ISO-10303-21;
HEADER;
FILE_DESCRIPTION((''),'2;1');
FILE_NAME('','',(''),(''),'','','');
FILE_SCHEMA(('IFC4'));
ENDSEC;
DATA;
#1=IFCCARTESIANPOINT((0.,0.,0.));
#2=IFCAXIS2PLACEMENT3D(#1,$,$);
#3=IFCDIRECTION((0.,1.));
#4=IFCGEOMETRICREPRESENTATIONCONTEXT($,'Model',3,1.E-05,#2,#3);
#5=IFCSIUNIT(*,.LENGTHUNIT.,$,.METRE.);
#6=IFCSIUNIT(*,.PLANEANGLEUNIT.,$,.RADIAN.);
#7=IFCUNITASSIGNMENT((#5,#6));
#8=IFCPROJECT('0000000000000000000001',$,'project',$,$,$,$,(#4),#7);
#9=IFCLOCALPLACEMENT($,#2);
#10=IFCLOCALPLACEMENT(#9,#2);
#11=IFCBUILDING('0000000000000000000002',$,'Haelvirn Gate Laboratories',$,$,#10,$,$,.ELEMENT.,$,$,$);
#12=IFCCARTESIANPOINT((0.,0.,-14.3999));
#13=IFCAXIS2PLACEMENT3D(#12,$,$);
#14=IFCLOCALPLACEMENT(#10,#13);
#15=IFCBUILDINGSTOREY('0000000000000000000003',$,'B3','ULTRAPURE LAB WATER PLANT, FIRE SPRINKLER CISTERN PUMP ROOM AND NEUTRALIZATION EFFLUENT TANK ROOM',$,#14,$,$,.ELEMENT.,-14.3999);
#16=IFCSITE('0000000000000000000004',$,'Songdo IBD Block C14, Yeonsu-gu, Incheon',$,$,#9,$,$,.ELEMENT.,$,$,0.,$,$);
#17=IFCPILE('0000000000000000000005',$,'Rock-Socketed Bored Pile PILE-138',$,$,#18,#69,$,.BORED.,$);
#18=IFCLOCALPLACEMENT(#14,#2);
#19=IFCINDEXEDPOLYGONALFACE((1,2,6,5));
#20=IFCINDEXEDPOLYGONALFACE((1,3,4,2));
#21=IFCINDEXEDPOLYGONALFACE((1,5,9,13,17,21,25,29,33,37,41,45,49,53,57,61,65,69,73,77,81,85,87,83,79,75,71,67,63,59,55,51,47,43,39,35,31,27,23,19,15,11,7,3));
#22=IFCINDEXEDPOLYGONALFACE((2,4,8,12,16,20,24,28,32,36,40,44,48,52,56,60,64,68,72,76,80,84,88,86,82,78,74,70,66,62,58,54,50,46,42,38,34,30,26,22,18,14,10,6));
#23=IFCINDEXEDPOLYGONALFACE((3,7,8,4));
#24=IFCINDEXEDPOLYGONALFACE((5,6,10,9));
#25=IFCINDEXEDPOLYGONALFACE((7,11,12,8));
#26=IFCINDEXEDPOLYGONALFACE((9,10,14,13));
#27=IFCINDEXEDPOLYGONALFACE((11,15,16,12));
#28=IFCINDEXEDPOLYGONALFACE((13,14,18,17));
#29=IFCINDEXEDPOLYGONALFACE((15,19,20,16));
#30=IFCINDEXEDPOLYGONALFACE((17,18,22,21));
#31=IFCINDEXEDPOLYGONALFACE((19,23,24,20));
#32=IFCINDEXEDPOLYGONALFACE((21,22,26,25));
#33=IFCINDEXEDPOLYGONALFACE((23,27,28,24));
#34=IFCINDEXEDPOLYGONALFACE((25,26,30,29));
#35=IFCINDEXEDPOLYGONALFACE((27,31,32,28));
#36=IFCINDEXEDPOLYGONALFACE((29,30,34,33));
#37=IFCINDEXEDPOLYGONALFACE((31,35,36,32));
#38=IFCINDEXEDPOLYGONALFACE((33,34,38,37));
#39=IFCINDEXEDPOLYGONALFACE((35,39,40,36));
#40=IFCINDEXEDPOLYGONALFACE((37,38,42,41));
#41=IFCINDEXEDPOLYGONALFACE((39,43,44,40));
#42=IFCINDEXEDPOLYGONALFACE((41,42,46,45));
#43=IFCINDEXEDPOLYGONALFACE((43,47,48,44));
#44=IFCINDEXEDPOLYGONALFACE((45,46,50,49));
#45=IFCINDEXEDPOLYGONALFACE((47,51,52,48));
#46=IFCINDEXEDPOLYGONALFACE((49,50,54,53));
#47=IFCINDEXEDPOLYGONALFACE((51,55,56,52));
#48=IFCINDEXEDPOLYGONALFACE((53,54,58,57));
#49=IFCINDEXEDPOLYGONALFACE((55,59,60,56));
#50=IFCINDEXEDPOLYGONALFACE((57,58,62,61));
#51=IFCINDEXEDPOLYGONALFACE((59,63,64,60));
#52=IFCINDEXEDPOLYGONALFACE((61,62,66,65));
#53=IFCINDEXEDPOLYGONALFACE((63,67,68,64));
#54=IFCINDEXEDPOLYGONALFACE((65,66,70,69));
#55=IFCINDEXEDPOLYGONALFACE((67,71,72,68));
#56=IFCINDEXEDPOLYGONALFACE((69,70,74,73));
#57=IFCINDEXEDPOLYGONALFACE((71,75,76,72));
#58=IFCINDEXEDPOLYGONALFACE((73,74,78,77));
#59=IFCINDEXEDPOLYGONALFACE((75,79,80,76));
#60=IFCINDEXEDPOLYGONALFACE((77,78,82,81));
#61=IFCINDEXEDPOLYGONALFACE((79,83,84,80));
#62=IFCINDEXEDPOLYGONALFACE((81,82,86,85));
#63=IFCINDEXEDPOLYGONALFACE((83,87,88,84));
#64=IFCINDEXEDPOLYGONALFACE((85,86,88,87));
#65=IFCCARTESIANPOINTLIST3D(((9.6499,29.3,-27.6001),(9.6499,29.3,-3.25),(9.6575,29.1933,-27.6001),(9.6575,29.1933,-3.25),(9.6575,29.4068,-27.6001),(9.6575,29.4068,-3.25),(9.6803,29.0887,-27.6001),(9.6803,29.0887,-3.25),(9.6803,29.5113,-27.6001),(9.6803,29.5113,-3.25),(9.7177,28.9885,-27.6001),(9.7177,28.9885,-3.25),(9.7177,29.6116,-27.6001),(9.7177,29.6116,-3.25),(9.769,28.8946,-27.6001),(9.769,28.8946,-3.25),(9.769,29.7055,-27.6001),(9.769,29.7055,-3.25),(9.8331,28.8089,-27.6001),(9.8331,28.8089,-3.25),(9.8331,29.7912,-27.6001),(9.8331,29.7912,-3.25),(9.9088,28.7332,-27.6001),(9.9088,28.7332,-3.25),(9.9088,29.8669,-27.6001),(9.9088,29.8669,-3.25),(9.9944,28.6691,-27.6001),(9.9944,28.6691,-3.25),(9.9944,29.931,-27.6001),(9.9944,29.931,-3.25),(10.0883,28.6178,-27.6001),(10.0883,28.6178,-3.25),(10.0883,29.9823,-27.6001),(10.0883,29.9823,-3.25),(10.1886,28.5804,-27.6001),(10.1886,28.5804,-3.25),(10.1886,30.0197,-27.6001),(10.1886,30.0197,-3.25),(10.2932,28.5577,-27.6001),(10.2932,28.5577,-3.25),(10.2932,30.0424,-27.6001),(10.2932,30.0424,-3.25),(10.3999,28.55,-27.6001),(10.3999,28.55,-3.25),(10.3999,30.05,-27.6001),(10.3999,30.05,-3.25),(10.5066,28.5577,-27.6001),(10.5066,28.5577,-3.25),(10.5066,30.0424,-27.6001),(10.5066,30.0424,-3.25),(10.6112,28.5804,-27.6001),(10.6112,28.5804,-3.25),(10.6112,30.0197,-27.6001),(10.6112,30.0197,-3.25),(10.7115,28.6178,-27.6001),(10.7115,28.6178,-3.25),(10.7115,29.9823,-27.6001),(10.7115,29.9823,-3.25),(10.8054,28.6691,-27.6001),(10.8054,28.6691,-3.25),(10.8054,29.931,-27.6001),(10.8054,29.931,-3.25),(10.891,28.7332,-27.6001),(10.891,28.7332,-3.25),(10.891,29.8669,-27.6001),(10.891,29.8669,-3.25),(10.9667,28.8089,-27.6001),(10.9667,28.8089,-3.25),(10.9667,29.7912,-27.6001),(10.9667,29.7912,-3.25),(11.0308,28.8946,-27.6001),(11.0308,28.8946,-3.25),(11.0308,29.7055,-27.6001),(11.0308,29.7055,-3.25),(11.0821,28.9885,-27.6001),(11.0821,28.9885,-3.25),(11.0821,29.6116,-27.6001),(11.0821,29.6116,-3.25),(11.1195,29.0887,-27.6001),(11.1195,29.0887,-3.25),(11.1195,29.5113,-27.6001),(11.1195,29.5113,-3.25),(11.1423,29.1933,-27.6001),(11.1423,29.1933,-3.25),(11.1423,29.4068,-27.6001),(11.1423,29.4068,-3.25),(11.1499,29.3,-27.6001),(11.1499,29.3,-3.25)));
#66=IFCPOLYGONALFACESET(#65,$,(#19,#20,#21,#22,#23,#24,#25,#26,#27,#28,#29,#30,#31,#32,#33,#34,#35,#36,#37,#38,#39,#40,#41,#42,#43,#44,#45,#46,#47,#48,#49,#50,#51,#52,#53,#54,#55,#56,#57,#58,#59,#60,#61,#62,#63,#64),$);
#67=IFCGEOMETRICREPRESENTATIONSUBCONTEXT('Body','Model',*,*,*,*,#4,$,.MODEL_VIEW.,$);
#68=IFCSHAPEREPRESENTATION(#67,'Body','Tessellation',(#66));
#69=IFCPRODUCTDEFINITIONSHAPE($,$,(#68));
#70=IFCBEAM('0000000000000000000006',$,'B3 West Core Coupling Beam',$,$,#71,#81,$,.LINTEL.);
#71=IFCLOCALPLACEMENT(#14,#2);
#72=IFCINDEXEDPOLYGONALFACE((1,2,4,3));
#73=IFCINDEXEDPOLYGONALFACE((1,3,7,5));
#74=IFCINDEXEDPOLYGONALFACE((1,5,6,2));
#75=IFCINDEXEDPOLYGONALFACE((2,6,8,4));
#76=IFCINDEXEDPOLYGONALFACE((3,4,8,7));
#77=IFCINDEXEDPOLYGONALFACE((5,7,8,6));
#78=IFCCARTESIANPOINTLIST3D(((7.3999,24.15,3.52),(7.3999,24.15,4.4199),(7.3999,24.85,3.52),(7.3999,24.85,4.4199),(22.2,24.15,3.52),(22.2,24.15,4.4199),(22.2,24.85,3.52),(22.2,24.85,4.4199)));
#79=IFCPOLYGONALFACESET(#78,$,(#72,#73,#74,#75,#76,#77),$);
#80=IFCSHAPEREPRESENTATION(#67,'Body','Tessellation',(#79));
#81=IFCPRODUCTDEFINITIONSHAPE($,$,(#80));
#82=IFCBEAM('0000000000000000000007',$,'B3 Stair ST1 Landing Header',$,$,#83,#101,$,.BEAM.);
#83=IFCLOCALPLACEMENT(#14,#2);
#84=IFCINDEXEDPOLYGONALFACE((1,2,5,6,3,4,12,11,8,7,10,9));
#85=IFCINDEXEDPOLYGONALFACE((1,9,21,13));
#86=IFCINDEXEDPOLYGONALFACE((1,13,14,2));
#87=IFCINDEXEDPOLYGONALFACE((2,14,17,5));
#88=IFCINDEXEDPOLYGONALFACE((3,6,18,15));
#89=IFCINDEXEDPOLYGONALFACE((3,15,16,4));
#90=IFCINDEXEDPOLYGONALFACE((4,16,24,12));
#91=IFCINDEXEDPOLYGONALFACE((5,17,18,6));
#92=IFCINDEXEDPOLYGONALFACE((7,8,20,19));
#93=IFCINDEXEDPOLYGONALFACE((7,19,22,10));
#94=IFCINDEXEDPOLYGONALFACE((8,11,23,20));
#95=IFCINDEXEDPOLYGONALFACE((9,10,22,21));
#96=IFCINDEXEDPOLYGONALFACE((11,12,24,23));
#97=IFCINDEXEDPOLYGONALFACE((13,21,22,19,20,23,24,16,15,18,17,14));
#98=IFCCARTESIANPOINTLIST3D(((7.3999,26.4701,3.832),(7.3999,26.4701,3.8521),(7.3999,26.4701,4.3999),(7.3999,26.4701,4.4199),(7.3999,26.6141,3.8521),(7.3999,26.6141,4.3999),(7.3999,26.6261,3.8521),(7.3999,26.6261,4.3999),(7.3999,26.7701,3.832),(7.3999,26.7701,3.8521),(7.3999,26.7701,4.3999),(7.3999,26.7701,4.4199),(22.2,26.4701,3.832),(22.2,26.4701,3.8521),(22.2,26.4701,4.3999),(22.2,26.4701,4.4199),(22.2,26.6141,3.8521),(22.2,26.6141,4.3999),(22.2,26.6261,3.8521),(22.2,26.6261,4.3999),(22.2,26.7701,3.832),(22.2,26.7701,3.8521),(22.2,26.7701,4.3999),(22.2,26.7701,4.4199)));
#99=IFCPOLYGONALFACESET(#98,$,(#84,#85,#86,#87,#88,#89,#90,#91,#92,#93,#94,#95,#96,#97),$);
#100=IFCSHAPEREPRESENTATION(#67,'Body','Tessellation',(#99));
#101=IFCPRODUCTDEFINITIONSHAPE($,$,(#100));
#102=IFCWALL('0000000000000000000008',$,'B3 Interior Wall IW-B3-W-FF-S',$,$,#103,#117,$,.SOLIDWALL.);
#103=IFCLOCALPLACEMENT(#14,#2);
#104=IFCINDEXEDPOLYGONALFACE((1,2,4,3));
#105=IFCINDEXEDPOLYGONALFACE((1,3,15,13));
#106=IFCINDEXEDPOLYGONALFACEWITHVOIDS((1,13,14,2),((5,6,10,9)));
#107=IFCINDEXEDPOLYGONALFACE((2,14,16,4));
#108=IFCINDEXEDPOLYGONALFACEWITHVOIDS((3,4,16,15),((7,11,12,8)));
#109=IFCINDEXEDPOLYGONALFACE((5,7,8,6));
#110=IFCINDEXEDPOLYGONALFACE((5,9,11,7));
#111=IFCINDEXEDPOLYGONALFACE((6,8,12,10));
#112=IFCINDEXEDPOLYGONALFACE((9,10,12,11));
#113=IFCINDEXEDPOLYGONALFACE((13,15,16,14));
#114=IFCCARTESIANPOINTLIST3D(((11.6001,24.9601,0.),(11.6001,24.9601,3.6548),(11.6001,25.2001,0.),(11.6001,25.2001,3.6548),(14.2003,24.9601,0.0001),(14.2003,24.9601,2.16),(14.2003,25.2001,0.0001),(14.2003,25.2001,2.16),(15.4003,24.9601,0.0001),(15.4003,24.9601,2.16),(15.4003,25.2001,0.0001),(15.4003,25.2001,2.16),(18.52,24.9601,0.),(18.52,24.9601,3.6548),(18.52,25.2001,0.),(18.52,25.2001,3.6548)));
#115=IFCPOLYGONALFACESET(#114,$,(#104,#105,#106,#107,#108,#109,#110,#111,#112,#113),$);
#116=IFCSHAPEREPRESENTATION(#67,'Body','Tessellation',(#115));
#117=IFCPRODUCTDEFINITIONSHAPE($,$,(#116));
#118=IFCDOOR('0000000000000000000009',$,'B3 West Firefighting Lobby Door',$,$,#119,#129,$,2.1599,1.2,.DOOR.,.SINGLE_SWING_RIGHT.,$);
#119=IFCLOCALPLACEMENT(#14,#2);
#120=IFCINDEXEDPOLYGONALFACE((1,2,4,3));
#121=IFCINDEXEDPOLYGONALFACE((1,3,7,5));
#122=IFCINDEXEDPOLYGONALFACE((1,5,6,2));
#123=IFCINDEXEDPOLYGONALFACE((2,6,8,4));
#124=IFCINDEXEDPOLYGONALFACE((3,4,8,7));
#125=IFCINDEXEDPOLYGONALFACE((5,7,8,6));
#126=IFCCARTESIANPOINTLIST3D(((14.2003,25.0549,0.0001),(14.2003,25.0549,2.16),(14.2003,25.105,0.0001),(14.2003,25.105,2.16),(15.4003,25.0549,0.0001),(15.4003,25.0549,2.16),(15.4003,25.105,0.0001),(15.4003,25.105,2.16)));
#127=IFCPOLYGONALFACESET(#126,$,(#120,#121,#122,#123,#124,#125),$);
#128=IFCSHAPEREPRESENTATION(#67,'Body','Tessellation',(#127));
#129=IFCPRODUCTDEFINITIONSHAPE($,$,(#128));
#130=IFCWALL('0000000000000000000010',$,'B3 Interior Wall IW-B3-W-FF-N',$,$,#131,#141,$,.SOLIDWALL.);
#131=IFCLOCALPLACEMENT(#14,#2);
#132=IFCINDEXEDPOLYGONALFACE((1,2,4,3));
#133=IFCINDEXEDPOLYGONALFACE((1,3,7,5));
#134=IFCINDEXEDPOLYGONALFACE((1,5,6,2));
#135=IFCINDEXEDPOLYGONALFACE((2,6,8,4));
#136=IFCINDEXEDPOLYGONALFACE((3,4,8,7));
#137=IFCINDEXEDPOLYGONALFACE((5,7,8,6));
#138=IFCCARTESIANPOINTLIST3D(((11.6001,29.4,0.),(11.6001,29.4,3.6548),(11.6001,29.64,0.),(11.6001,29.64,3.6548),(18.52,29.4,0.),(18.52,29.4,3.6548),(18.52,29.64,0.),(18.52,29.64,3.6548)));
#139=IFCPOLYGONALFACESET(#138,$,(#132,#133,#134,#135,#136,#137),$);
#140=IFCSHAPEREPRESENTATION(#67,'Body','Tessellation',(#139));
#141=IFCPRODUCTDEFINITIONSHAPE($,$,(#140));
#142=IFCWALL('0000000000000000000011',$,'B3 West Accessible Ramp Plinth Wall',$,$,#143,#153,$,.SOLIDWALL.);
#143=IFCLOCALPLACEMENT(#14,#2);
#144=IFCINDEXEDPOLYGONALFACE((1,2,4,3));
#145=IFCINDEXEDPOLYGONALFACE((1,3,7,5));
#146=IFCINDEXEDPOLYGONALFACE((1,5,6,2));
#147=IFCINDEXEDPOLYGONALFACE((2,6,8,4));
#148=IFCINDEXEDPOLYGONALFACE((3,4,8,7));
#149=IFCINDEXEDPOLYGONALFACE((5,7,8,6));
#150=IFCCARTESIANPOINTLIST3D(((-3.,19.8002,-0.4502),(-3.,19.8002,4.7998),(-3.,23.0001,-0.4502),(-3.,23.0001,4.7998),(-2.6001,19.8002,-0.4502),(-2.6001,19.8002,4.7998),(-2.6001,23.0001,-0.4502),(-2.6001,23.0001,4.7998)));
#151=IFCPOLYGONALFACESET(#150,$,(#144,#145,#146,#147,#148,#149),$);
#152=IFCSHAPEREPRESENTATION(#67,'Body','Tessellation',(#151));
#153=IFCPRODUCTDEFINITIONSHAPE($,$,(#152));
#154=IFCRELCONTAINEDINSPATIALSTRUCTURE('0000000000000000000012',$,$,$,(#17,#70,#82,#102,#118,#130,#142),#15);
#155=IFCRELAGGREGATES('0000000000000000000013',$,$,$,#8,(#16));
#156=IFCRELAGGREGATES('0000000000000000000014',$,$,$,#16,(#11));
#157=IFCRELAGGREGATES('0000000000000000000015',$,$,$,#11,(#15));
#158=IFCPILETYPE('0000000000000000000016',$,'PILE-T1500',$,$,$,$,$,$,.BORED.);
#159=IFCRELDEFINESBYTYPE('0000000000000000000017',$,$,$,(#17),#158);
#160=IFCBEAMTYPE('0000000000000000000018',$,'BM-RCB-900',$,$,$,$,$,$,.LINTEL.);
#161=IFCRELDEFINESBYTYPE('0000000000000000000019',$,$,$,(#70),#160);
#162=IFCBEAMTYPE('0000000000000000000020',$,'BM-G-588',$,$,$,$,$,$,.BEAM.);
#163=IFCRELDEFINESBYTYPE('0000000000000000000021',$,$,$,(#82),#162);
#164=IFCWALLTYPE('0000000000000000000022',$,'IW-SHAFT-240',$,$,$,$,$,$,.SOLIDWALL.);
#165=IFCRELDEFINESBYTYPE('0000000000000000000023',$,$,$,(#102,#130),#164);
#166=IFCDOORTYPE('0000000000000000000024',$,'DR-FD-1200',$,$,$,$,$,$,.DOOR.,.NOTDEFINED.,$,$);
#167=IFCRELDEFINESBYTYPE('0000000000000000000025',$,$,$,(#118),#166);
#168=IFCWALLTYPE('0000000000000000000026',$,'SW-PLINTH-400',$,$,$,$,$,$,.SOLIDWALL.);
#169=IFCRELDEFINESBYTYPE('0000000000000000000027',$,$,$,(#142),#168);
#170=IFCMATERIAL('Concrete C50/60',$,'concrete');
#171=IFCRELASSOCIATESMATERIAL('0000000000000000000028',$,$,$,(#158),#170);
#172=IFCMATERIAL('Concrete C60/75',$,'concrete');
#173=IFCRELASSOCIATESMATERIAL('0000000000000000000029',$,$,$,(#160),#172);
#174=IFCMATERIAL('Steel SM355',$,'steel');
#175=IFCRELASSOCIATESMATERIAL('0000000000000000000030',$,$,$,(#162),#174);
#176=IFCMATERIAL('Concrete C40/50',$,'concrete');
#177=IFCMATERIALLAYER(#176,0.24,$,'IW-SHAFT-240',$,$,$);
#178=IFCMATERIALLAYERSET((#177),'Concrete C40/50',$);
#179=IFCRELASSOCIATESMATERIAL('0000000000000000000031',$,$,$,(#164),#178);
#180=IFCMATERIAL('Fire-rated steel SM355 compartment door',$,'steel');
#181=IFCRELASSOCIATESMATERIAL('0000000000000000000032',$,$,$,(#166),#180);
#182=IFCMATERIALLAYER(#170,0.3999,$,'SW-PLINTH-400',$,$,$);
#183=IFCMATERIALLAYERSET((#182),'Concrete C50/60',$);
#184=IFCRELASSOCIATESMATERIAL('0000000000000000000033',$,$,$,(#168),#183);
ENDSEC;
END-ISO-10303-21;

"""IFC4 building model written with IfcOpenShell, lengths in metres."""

from ifc_helpers import new_model, si_unit, direction, frame, frame_2d, origin, origin_2d, place, context, subcontext, project, spatial, rectangle, circle, i_section, extrude, source, transform, mapped, material, layer, layer_set, material_profile, profile_set, type_object, type_shapes, element, fill, save


model = new_model("IFC4")

# Units and contexts
model_context = context("Model", 3, precision=1e-05, world=origin(), true_north=direction((0.0, 1.0)))
body_context = subcontext(model_context, "Body", "Model", "MODEL_VIEW")
ifc_project = project(units=[si_unit("LENGTHUNIT", "METRE"), si_unit("PLANEANGLEUNIT", "RADIAN")], contexts=[model_context])

# Site, building, storey
site_placement = place(None, origin())
site = spatial("IfcSite", under=ifc_project, at=site_placement, Name="Songdo IBD Block C14, Yeonsu-gu, Incheon", CompositionType="ELEMENT", RefElevation=0.0)
building_placement = place(site_placement, origin())
building = spatial("IfcBuilding", under=site, at=building_placement, Name="Haelvirn Gate Laboratories", CompositionType="ELEMENT")
storey_placement = place(building_placement, frame((0.0, 0.0, -14.3999)))
storey = spatial("IfcBuildingStorey", under=building, at=storey_placement, Name="B3", Description="ULTRAPURE LAB WATER PLANT, FIRE SPRINKLER CISTERN PUMP ROOM AND NEUTRALIZATION EFFLUENT TANK ROOM", CompositionType="ELEMENT", Elevation=-14.3999)

# Pile
ifc_material_1 = material(Name="Concrete C50/60", Category="concrete")
ifc_material_profile_1 = material_profile(ifc_material_1, circle(Radius=0.75, at=origin_2d()), Name="PILE-D1500")
ifc_profile_set_1 = profile_set([ifc_material_profile_1], Name="Concrete C50/60")
pile_type_1 = type_object("IfcPileType", Name="PILE-T1500", PredefinedType="BORED", material=ifc_profile_set_1)
shared_shape_1 = source(origin(), body_context, "Body", "SweptSolid", [
    extrude(circle(Radius=0.75, at=origin_2d()), origin(), (0.0, 0.0, 1.0), 24.3501),
])
type_shapes(pile_type_1, [shared_shape_1])
for number, where, z_axis, x_axis, name in (
    (1, (10.3999, 29.3, -3.25), (0.0, 0.0, -1.0), (1.0, 0.0, 0.0), "Rock-Socketed Bored Pile PILE-138"),
):
    element("IfcPile", number, at=place(storey_placement, frame(where, z_axis=z_axis, x_axis=x_axis)), inside=storey, type_object=pile_type_1, Name=name, PredefinedType="BORED", context=body_context, shape_type="MappedRepresentation", body=[
        mapped(shared_shape_1, transform((0.0, 0.0, 0.0), scale=1.0)),
    ])

# Beams
ifc_material_2 = material(Name="Concrete C60/75", Category="concrete")
ifc_material_profile_2 = material_profile(ifc_material_2, rectangle(XDim=0.7, YDim=0.8999, at=origin_2d()), Name="RCB-700x900")
ifc_profile_set_2 = profile_set([ifc_material_profile_2], Name="Concrete C60/75")
beam_type_1 = type_object("IfcBeamType", Name="BM-RCB-900", PredefinedType="LINTEL", material=ifc_profile_set_2)
shared_shape_2 = source(origin(), body_context, "Body", "SweptSolid", [
    extrude(rectangle(XDim=0.7, YDim=0.8999, at=origin_2d()), origin(), (0.0, 0.0, 1.0), 14.8),
])
type_shapes(beam_type_1, [shared_shape_2])
beam_1_placement = place(storey_placement, frame((7.3999, 24.5, 3.97), z_axis=(1.0, 0.0, 0.0), x_axis=(0.0, 1.0, 0.0)))
element("IfcBeam", 2, at=beam_1_placement, inside=storey, type_object=beam_type_1, Name="B3 West Core Coupling Beam", PredefinedType="LINTEL", context=body_context, shape_type="MappedRepresentation", body=[
    mapped(shared_shape_2, transform((0.0, 0.0, 0.0), scale=1.0)),
])
ifc_material_3 = material(Name="Steel SM355", Category="steel")
ifc_material_profile_3 = material_profile(ifc_material_3, i_section(OverallWidth=0.3, OverallDepth=0.5879, WebThickness=0.012, FlangeThickness=0.02, at=origin_2d()), Name="H-588x300x12x20")
ifc_profile_set_3 = profile_set([ifc_material_profile_3], Name="Steel SM355")
beam_type_2 = type_object("IfcBeamType", Name="BM-G-588", PredefinedType="BEAM", material=ifc_profile_set_3)
shared_shape_3 = source(origin(), body_context, "Body", "SweptSolid", [
    extrude(i_section(OverallWidth=0.3, OverallDepth=0.5879, WebThickness=0.012, FlangeThickness=0.02, at=origin_2d()), origin(), (0.0, 0.0, 1.0), 14.8),
])
type_shapes(beam_type_2, [shared_shape_3])
beam_2_placement = place(storey_placement, frame((7.3999, 26.6201, 4.126), z_axis=(1.0, 0.0, 0.0), x_axis=(0.0, 1.0, 0.0)))
element("IfcBeam", 3, at=beam_2_placement, inside=storey, type_object=beam_type_2, Name="B3 Stair ST1 Landing Header", PredefinedType="BEAM", context=body_context, shape_type="MappedRepresentation", body=[
    mapped(shared_shape_3, transform((0.0, 0.0, 0.0), scale=1.0)),
])

# Wall, opening, door
ifc_material_4 = material(Name="Concrete C40/50", Category="concrete")
ifc_layer_1 = layer(ifc_material_4, 0.24, Name="IW-SHAFT-240")
ifc_layer_set_1 = layer_set([ifc_layer_1], Name="Concrete C40/50")
wall_type_1 = type_object("IfcWallType", Name="IW-SHAFT-240", PredefinedType="SOLIDWALL", material=ifc_layer_set_1)
wall_1_placement = place(storey_placement, frame((11.6001, 25.0801, 0.0), z_axis=(0.0, 0.0, 1.0), x_axis=(1.0, 0.0, 0.0)))
wall_1 = element("IfcWall", 4, at=wall_1_placement, inside=storey, type_object=wall_type_1, Name="B3 Interior Wall IW-B3-W-FF-S", PredefinedType="SOLIDWALL", context=body_context, shape_type="SweptSolid", body=[
    extrude(rectangle(XDim=6.9199, YDim=0.24, at=frame_2d((3.46, 0.0))), origin(), (0.0, 0.0, 1.0), 3.6548),
])
opening_1_placement = place(wall_1_placement, frame((2.6001, 0.0, 0.0)))
opening_1 = element("IfcOpeningElement", 5, at=opening_1_placement, cuts=wall_1, PredefinedType="OPENING", context=body_context, shape_type="SweptSolid", body=[
    extrude(rectangle(XDim=1.2, YDim=2.1599, at=frame_2d((0.6001, 1.0801))), frame((0.0, 0.1299, 0.0), z_axis=(0.0, -1.0, 0.0), x_axis=(1.0, 0.0, 0.0)), (0.0, 0.0, 1.0), 0.26),
])
ifc_material_5 = material(Name="Fire-rated steel SM355 compartment door", Category="steel")
door_type_1 = type_object("IfcDoorType", Name="DR-FD-1200", OperationType="NOTDEFINED", PredefinedType="DOOR", material=ifc_material_5)
shared_shape_4 = source(origin(), body_context, "Body", "SweptSolid", [
    extrude(rectangle(XDim=1.2, YDim=2.1599, at=frame_2d((0.6001, 1.0801))), frame((0.0, 0.0249, 0.0), z_axis=(0.0, -1.0, 0.0), x_axis=(1.0, 0.0, 0.0)), (0.0, 0.0, 1.0), 0.05),
])
type_shapes(door_type_1, [shared_shape_4])
door_1_placement = place(opening_1_placement, origin())
door_1 = element("IfcDoor", 6, at=door_1_placement, inside=storey, type_object=door_type_1, Name="B3 West Firefighting Lobby Door", OperationType="SINGLE_SWING_RIGHT", OverallHeight=2.1599, OverallWidth=1.2, PredefinedType="DOOR", context=body_context, shape_type="MappedRepresentation", body=[
    mapped(shared_shape_4, transform((0.0, 0.0, 0.0), scale=1.0)),
])
fill(opening_1, door_1)

# Walls
wall_2_placement = place(storey_placement, frame((11.6001, 29.52, 0.0), z_axis=(0.0, 0.0, 1.0), x_axis=(1.0, 0.0, 0.0)))
element("IfcWall", 7, at=wall_2_placement, inside=storey, type_object=wall_type_1, Name="B3 Interior Wall IW-B3-W-FF-N", PredefinedType="SOLIDWALL", context=body_context, shape_type="SweptSolid", body=[
    extrude(rectangle(XDim=6.9199, YDim=0.24, at=frame_2d((3.46, 0.0))), origin(), (0.0, 0.0, 1.0), 3.6548),
])
ifc_layer_2 = layer(ifc_material_1, 0.3999, Name="SW-PLINTH-400")
ifc_layer_set_2 = layer_set([ifc_layer_2], Name="Concrete C50/60")
wall_type_2 = type_object("IfcWallType", Name="SW-PLINTH-400", PredefinedType="SOLIDWALL", material=ifc_layer_set_2)
wall_3_placement = place(storey_placement, frame((-2.8, 19.8, -0.4502), z_axis=(0.0, 0.0, 1.0), x_axis=(0.0, 1.0, 0.0)))
element("IfcWall", 8, at=wall_3_placement, inside=storey, type_object=wall_type_2, Name="B3 West Accessible Ramp Plinth Wall", PredefinedType="SOLIDWALL", context=body_context, shape_type="SweptSolid", body=[
    extrude(rectangle(XDim=3.2, YDim=0.3999, at=frame_2d((1.6001, 0.0))), origin(), (0.0, 0.0, 1.0), 5.25),
])

save(model, "model.ifc")
